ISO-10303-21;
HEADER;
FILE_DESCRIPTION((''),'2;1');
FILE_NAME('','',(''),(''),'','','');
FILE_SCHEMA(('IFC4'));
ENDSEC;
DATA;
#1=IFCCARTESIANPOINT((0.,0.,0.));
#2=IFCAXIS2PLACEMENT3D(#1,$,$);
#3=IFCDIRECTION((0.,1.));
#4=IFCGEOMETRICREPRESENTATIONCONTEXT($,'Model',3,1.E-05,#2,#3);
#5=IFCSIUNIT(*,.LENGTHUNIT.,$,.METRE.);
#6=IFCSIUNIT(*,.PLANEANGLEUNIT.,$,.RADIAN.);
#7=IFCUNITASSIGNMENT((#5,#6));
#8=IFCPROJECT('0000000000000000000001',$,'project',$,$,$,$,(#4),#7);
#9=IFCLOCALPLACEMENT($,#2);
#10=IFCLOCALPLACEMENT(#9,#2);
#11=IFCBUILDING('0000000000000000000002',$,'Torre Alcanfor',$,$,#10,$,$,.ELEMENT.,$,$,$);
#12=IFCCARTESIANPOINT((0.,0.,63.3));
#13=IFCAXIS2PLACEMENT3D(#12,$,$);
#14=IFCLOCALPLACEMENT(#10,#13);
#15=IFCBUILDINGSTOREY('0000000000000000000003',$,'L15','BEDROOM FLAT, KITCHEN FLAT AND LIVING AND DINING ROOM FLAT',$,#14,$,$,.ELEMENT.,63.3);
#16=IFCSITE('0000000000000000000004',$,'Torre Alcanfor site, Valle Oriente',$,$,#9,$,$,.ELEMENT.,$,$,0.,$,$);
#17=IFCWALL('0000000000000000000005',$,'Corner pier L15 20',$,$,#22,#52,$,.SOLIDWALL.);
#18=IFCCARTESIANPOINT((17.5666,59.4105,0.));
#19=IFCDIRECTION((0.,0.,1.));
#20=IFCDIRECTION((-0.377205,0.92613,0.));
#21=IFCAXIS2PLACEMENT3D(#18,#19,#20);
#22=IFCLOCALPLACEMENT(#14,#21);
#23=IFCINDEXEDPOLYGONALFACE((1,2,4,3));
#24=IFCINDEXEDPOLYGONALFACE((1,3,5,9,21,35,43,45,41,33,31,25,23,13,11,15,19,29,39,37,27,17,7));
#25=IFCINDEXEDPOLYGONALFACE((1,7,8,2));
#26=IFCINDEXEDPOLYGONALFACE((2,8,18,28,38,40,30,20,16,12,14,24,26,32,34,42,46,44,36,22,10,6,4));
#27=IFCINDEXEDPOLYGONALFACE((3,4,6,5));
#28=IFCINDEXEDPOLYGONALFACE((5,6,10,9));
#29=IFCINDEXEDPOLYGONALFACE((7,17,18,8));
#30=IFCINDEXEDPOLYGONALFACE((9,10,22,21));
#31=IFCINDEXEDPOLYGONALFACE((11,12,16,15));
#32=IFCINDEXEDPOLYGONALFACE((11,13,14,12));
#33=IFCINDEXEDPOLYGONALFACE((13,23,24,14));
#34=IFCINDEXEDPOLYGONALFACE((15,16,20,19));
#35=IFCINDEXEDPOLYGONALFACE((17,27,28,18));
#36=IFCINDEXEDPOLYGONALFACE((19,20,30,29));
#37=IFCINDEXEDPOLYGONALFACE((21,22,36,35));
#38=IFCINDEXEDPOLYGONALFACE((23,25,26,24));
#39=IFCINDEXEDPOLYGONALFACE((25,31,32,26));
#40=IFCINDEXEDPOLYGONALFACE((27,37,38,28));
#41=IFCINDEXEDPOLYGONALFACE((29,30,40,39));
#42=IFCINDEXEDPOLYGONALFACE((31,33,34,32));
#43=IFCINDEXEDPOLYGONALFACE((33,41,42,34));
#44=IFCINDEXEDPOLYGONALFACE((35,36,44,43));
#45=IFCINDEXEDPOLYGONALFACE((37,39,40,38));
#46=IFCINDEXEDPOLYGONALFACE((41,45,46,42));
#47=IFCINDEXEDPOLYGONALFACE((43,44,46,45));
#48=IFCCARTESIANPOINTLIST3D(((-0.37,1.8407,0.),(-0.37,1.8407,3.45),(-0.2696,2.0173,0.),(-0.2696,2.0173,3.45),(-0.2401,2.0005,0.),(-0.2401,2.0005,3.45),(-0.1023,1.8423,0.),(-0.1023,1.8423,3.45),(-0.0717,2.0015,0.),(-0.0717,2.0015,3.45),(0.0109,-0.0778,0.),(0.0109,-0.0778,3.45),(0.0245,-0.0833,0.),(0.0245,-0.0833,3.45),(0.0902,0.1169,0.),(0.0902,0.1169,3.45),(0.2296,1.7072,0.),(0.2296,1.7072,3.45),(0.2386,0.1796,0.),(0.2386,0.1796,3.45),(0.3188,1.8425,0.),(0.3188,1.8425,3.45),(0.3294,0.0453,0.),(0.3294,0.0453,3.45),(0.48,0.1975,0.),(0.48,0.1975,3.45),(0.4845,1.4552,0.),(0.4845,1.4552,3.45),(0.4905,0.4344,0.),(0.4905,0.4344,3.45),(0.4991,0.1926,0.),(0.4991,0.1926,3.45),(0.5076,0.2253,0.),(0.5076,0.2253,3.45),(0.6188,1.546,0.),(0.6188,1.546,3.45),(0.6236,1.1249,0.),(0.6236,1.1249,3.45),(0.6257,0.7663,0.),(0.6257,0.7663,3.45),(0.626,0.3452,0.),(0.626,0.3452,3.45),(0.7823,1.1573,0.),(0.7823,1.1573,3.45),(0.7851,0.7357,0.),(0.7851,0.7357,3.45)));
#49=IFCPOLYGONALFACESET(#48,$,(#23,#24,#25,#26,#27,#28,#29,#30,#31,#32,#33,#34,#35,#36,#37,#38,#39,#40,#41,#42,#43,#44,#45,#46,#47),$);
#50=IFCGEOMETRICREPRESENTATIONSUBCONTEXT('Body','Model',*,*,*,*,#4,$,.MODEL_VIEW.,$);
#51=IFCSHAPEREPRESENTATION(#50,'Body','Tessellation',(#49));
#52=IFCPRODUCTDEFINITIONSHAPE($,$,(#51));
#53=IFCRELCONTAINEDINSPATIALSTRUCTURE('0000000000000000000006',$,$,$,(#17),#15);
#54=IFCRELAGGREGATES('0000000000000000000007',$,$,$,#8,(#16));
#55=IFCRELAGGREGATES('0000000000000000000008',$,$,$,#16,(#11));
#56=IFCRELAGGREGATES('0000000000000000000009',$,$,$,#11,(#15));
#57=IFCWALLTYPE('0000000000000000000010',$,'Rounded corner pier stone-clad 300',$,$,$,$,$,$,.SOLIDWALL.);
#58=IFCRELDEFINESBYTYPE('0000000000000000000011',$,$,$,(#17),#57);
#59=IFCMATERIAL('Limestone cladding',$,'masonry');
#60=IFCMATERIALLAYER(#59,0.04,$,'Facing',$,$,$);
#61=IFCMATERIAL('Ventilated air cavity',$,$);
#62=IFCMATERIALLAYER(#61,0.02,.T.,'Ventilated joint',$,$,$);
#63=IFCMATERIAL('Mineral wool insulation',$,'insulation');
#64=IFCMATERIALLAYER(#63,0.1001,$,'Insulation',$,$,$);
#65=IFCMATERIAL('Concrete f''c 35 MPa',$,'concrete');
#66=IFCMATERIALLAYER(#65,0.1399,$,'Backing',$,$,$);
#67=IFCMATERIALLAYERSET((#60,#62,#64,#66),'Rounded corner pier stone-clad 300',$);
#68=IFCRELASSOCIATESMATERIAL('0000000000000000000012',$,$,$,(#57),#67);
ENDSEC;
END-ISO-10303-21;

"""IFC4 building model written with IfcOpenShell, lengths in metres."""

from ifc_helpers import new_model, si_unit, direction, frame, origin, place, context, subcontext, project, spatial, polyline, outline, extrude, material, layer, layer_set, type_object, element, save


model = new_model("IFC4")

# Units and contexts
model_context = context("Model", 3, precision=1e-05, world=origin(), true_north=direction((0.0, 1.0)))
body_context = subcontext(model_context, "Body", "Model", "MODEL_VIEW")
ifc_project = project(units=[si_unit("LENGTHUNIT", "METRE"), si_unit("PLANEANGLEUNIT", "RADIAN")], contexts=[model_context])

# Site, building, storey
site_placement = place(None, origin())
site = spatial("IfcSite", under=ifc_project, at=site_placement, Name="Torre Alcanfor site, Valle Oriente", CompositionType="ELEMENT", RefElevation=0.0)
building_placement = place(site_placement, origin())
building = spatial("IfcBuilding", under=site, at=building_placement, Name="Torre Alcanfor", CompositionType="ELEMENT")
storey_placement = place(building_placement, frame((0.0, 0.0, 63.3)))
storey = spatial("IfcBuildingStorey", under=building, at=storey_placement, Name="L15", Description="BEDROOM FLAT, KITCHEN FLAT AND LIVING AND DINING ROOM FLAT", CompositionType="ELEMENT", Elevation=63.3)

# Wall
ifc_material_1 = material(Name="Limestone cladding", Category="masonry")
ifc_layer_1 = layer(ifc_material_1, 0.04, Name="Facing")
ifc_material_2 = material(Name="Ventilated air cavity")
ifc_layer_2 = layer(ifc_material_2, 0.02, ventilated=True, Name="Ventilated joint")
ifc_material_3 = material(Name="Mineral wool insulation", Category="insulation")
ifc_layer_3 = layer(ifc_material_3, 0.1001, Name="Insulation")
ifc_material_4 = material(Name="Concrete f'c 35 MPa", Category="concrete")
ifc_layer_4 = layer(ifc_material_4, 0.1399, Name="Backing")
ifc_layer_set_1 = layer_set([ifc_layer_1, ifc_layer_2, ifc_layer_3, ifc_layer_4], Name="Rounded corner pier stone-clad 300")
wall_type_1 = type_object("IfcWallType", Name="Rounded corner pier stone-clad 300", PredefinedType="SOLIDWALL", material=ifc_layer_set_1)
wall_1_placement = place(storey_placement, frame((17.5666, 59.4105, 0.0), z_axis=(0.0, 0.0, 1.0), x_axis=(-0.377205, 0.92613, 0.0)))
element("IfcWall", 1, at=wall_1_placement, inside=storey, type_object=wall_type_1, Name="Corner pier L15 20", PredefinedType="SOLIDWALL", context=body_context, shape_type="SweptSolid", body=[
    extrude(outline(polyline([(-0.2696, 2.0173), (-0.37, 1.8407), (-0.1023, 1.8423), (0.2296, 1.7072), (0.4845, 1.4552), (0.6236, 1.1249), (0.6257, 0.7663), (0.4905, 0.4344), (0.2386, 0.1796), (0.0902, 0.1169), (0.0109, -0.0778), (0.0245, -0.0833), (0.3294, 0.0453), (0.48, 0.1975), (0.4991, 0.1926), (0.5076, 0.2253), (0.626, 0.3452), (0.7851, 0.7357), (0.7823, 1.1573), (0.6188, 1.546), (0.3188, 1.8425), (-0.0717, 2.0015), (-0.2401, 2.0005), (-0.2696, 2.0173)])), origin(), (0.0, 0.0, 1.0), 3.45),
])

save(model, "model.ifc")
